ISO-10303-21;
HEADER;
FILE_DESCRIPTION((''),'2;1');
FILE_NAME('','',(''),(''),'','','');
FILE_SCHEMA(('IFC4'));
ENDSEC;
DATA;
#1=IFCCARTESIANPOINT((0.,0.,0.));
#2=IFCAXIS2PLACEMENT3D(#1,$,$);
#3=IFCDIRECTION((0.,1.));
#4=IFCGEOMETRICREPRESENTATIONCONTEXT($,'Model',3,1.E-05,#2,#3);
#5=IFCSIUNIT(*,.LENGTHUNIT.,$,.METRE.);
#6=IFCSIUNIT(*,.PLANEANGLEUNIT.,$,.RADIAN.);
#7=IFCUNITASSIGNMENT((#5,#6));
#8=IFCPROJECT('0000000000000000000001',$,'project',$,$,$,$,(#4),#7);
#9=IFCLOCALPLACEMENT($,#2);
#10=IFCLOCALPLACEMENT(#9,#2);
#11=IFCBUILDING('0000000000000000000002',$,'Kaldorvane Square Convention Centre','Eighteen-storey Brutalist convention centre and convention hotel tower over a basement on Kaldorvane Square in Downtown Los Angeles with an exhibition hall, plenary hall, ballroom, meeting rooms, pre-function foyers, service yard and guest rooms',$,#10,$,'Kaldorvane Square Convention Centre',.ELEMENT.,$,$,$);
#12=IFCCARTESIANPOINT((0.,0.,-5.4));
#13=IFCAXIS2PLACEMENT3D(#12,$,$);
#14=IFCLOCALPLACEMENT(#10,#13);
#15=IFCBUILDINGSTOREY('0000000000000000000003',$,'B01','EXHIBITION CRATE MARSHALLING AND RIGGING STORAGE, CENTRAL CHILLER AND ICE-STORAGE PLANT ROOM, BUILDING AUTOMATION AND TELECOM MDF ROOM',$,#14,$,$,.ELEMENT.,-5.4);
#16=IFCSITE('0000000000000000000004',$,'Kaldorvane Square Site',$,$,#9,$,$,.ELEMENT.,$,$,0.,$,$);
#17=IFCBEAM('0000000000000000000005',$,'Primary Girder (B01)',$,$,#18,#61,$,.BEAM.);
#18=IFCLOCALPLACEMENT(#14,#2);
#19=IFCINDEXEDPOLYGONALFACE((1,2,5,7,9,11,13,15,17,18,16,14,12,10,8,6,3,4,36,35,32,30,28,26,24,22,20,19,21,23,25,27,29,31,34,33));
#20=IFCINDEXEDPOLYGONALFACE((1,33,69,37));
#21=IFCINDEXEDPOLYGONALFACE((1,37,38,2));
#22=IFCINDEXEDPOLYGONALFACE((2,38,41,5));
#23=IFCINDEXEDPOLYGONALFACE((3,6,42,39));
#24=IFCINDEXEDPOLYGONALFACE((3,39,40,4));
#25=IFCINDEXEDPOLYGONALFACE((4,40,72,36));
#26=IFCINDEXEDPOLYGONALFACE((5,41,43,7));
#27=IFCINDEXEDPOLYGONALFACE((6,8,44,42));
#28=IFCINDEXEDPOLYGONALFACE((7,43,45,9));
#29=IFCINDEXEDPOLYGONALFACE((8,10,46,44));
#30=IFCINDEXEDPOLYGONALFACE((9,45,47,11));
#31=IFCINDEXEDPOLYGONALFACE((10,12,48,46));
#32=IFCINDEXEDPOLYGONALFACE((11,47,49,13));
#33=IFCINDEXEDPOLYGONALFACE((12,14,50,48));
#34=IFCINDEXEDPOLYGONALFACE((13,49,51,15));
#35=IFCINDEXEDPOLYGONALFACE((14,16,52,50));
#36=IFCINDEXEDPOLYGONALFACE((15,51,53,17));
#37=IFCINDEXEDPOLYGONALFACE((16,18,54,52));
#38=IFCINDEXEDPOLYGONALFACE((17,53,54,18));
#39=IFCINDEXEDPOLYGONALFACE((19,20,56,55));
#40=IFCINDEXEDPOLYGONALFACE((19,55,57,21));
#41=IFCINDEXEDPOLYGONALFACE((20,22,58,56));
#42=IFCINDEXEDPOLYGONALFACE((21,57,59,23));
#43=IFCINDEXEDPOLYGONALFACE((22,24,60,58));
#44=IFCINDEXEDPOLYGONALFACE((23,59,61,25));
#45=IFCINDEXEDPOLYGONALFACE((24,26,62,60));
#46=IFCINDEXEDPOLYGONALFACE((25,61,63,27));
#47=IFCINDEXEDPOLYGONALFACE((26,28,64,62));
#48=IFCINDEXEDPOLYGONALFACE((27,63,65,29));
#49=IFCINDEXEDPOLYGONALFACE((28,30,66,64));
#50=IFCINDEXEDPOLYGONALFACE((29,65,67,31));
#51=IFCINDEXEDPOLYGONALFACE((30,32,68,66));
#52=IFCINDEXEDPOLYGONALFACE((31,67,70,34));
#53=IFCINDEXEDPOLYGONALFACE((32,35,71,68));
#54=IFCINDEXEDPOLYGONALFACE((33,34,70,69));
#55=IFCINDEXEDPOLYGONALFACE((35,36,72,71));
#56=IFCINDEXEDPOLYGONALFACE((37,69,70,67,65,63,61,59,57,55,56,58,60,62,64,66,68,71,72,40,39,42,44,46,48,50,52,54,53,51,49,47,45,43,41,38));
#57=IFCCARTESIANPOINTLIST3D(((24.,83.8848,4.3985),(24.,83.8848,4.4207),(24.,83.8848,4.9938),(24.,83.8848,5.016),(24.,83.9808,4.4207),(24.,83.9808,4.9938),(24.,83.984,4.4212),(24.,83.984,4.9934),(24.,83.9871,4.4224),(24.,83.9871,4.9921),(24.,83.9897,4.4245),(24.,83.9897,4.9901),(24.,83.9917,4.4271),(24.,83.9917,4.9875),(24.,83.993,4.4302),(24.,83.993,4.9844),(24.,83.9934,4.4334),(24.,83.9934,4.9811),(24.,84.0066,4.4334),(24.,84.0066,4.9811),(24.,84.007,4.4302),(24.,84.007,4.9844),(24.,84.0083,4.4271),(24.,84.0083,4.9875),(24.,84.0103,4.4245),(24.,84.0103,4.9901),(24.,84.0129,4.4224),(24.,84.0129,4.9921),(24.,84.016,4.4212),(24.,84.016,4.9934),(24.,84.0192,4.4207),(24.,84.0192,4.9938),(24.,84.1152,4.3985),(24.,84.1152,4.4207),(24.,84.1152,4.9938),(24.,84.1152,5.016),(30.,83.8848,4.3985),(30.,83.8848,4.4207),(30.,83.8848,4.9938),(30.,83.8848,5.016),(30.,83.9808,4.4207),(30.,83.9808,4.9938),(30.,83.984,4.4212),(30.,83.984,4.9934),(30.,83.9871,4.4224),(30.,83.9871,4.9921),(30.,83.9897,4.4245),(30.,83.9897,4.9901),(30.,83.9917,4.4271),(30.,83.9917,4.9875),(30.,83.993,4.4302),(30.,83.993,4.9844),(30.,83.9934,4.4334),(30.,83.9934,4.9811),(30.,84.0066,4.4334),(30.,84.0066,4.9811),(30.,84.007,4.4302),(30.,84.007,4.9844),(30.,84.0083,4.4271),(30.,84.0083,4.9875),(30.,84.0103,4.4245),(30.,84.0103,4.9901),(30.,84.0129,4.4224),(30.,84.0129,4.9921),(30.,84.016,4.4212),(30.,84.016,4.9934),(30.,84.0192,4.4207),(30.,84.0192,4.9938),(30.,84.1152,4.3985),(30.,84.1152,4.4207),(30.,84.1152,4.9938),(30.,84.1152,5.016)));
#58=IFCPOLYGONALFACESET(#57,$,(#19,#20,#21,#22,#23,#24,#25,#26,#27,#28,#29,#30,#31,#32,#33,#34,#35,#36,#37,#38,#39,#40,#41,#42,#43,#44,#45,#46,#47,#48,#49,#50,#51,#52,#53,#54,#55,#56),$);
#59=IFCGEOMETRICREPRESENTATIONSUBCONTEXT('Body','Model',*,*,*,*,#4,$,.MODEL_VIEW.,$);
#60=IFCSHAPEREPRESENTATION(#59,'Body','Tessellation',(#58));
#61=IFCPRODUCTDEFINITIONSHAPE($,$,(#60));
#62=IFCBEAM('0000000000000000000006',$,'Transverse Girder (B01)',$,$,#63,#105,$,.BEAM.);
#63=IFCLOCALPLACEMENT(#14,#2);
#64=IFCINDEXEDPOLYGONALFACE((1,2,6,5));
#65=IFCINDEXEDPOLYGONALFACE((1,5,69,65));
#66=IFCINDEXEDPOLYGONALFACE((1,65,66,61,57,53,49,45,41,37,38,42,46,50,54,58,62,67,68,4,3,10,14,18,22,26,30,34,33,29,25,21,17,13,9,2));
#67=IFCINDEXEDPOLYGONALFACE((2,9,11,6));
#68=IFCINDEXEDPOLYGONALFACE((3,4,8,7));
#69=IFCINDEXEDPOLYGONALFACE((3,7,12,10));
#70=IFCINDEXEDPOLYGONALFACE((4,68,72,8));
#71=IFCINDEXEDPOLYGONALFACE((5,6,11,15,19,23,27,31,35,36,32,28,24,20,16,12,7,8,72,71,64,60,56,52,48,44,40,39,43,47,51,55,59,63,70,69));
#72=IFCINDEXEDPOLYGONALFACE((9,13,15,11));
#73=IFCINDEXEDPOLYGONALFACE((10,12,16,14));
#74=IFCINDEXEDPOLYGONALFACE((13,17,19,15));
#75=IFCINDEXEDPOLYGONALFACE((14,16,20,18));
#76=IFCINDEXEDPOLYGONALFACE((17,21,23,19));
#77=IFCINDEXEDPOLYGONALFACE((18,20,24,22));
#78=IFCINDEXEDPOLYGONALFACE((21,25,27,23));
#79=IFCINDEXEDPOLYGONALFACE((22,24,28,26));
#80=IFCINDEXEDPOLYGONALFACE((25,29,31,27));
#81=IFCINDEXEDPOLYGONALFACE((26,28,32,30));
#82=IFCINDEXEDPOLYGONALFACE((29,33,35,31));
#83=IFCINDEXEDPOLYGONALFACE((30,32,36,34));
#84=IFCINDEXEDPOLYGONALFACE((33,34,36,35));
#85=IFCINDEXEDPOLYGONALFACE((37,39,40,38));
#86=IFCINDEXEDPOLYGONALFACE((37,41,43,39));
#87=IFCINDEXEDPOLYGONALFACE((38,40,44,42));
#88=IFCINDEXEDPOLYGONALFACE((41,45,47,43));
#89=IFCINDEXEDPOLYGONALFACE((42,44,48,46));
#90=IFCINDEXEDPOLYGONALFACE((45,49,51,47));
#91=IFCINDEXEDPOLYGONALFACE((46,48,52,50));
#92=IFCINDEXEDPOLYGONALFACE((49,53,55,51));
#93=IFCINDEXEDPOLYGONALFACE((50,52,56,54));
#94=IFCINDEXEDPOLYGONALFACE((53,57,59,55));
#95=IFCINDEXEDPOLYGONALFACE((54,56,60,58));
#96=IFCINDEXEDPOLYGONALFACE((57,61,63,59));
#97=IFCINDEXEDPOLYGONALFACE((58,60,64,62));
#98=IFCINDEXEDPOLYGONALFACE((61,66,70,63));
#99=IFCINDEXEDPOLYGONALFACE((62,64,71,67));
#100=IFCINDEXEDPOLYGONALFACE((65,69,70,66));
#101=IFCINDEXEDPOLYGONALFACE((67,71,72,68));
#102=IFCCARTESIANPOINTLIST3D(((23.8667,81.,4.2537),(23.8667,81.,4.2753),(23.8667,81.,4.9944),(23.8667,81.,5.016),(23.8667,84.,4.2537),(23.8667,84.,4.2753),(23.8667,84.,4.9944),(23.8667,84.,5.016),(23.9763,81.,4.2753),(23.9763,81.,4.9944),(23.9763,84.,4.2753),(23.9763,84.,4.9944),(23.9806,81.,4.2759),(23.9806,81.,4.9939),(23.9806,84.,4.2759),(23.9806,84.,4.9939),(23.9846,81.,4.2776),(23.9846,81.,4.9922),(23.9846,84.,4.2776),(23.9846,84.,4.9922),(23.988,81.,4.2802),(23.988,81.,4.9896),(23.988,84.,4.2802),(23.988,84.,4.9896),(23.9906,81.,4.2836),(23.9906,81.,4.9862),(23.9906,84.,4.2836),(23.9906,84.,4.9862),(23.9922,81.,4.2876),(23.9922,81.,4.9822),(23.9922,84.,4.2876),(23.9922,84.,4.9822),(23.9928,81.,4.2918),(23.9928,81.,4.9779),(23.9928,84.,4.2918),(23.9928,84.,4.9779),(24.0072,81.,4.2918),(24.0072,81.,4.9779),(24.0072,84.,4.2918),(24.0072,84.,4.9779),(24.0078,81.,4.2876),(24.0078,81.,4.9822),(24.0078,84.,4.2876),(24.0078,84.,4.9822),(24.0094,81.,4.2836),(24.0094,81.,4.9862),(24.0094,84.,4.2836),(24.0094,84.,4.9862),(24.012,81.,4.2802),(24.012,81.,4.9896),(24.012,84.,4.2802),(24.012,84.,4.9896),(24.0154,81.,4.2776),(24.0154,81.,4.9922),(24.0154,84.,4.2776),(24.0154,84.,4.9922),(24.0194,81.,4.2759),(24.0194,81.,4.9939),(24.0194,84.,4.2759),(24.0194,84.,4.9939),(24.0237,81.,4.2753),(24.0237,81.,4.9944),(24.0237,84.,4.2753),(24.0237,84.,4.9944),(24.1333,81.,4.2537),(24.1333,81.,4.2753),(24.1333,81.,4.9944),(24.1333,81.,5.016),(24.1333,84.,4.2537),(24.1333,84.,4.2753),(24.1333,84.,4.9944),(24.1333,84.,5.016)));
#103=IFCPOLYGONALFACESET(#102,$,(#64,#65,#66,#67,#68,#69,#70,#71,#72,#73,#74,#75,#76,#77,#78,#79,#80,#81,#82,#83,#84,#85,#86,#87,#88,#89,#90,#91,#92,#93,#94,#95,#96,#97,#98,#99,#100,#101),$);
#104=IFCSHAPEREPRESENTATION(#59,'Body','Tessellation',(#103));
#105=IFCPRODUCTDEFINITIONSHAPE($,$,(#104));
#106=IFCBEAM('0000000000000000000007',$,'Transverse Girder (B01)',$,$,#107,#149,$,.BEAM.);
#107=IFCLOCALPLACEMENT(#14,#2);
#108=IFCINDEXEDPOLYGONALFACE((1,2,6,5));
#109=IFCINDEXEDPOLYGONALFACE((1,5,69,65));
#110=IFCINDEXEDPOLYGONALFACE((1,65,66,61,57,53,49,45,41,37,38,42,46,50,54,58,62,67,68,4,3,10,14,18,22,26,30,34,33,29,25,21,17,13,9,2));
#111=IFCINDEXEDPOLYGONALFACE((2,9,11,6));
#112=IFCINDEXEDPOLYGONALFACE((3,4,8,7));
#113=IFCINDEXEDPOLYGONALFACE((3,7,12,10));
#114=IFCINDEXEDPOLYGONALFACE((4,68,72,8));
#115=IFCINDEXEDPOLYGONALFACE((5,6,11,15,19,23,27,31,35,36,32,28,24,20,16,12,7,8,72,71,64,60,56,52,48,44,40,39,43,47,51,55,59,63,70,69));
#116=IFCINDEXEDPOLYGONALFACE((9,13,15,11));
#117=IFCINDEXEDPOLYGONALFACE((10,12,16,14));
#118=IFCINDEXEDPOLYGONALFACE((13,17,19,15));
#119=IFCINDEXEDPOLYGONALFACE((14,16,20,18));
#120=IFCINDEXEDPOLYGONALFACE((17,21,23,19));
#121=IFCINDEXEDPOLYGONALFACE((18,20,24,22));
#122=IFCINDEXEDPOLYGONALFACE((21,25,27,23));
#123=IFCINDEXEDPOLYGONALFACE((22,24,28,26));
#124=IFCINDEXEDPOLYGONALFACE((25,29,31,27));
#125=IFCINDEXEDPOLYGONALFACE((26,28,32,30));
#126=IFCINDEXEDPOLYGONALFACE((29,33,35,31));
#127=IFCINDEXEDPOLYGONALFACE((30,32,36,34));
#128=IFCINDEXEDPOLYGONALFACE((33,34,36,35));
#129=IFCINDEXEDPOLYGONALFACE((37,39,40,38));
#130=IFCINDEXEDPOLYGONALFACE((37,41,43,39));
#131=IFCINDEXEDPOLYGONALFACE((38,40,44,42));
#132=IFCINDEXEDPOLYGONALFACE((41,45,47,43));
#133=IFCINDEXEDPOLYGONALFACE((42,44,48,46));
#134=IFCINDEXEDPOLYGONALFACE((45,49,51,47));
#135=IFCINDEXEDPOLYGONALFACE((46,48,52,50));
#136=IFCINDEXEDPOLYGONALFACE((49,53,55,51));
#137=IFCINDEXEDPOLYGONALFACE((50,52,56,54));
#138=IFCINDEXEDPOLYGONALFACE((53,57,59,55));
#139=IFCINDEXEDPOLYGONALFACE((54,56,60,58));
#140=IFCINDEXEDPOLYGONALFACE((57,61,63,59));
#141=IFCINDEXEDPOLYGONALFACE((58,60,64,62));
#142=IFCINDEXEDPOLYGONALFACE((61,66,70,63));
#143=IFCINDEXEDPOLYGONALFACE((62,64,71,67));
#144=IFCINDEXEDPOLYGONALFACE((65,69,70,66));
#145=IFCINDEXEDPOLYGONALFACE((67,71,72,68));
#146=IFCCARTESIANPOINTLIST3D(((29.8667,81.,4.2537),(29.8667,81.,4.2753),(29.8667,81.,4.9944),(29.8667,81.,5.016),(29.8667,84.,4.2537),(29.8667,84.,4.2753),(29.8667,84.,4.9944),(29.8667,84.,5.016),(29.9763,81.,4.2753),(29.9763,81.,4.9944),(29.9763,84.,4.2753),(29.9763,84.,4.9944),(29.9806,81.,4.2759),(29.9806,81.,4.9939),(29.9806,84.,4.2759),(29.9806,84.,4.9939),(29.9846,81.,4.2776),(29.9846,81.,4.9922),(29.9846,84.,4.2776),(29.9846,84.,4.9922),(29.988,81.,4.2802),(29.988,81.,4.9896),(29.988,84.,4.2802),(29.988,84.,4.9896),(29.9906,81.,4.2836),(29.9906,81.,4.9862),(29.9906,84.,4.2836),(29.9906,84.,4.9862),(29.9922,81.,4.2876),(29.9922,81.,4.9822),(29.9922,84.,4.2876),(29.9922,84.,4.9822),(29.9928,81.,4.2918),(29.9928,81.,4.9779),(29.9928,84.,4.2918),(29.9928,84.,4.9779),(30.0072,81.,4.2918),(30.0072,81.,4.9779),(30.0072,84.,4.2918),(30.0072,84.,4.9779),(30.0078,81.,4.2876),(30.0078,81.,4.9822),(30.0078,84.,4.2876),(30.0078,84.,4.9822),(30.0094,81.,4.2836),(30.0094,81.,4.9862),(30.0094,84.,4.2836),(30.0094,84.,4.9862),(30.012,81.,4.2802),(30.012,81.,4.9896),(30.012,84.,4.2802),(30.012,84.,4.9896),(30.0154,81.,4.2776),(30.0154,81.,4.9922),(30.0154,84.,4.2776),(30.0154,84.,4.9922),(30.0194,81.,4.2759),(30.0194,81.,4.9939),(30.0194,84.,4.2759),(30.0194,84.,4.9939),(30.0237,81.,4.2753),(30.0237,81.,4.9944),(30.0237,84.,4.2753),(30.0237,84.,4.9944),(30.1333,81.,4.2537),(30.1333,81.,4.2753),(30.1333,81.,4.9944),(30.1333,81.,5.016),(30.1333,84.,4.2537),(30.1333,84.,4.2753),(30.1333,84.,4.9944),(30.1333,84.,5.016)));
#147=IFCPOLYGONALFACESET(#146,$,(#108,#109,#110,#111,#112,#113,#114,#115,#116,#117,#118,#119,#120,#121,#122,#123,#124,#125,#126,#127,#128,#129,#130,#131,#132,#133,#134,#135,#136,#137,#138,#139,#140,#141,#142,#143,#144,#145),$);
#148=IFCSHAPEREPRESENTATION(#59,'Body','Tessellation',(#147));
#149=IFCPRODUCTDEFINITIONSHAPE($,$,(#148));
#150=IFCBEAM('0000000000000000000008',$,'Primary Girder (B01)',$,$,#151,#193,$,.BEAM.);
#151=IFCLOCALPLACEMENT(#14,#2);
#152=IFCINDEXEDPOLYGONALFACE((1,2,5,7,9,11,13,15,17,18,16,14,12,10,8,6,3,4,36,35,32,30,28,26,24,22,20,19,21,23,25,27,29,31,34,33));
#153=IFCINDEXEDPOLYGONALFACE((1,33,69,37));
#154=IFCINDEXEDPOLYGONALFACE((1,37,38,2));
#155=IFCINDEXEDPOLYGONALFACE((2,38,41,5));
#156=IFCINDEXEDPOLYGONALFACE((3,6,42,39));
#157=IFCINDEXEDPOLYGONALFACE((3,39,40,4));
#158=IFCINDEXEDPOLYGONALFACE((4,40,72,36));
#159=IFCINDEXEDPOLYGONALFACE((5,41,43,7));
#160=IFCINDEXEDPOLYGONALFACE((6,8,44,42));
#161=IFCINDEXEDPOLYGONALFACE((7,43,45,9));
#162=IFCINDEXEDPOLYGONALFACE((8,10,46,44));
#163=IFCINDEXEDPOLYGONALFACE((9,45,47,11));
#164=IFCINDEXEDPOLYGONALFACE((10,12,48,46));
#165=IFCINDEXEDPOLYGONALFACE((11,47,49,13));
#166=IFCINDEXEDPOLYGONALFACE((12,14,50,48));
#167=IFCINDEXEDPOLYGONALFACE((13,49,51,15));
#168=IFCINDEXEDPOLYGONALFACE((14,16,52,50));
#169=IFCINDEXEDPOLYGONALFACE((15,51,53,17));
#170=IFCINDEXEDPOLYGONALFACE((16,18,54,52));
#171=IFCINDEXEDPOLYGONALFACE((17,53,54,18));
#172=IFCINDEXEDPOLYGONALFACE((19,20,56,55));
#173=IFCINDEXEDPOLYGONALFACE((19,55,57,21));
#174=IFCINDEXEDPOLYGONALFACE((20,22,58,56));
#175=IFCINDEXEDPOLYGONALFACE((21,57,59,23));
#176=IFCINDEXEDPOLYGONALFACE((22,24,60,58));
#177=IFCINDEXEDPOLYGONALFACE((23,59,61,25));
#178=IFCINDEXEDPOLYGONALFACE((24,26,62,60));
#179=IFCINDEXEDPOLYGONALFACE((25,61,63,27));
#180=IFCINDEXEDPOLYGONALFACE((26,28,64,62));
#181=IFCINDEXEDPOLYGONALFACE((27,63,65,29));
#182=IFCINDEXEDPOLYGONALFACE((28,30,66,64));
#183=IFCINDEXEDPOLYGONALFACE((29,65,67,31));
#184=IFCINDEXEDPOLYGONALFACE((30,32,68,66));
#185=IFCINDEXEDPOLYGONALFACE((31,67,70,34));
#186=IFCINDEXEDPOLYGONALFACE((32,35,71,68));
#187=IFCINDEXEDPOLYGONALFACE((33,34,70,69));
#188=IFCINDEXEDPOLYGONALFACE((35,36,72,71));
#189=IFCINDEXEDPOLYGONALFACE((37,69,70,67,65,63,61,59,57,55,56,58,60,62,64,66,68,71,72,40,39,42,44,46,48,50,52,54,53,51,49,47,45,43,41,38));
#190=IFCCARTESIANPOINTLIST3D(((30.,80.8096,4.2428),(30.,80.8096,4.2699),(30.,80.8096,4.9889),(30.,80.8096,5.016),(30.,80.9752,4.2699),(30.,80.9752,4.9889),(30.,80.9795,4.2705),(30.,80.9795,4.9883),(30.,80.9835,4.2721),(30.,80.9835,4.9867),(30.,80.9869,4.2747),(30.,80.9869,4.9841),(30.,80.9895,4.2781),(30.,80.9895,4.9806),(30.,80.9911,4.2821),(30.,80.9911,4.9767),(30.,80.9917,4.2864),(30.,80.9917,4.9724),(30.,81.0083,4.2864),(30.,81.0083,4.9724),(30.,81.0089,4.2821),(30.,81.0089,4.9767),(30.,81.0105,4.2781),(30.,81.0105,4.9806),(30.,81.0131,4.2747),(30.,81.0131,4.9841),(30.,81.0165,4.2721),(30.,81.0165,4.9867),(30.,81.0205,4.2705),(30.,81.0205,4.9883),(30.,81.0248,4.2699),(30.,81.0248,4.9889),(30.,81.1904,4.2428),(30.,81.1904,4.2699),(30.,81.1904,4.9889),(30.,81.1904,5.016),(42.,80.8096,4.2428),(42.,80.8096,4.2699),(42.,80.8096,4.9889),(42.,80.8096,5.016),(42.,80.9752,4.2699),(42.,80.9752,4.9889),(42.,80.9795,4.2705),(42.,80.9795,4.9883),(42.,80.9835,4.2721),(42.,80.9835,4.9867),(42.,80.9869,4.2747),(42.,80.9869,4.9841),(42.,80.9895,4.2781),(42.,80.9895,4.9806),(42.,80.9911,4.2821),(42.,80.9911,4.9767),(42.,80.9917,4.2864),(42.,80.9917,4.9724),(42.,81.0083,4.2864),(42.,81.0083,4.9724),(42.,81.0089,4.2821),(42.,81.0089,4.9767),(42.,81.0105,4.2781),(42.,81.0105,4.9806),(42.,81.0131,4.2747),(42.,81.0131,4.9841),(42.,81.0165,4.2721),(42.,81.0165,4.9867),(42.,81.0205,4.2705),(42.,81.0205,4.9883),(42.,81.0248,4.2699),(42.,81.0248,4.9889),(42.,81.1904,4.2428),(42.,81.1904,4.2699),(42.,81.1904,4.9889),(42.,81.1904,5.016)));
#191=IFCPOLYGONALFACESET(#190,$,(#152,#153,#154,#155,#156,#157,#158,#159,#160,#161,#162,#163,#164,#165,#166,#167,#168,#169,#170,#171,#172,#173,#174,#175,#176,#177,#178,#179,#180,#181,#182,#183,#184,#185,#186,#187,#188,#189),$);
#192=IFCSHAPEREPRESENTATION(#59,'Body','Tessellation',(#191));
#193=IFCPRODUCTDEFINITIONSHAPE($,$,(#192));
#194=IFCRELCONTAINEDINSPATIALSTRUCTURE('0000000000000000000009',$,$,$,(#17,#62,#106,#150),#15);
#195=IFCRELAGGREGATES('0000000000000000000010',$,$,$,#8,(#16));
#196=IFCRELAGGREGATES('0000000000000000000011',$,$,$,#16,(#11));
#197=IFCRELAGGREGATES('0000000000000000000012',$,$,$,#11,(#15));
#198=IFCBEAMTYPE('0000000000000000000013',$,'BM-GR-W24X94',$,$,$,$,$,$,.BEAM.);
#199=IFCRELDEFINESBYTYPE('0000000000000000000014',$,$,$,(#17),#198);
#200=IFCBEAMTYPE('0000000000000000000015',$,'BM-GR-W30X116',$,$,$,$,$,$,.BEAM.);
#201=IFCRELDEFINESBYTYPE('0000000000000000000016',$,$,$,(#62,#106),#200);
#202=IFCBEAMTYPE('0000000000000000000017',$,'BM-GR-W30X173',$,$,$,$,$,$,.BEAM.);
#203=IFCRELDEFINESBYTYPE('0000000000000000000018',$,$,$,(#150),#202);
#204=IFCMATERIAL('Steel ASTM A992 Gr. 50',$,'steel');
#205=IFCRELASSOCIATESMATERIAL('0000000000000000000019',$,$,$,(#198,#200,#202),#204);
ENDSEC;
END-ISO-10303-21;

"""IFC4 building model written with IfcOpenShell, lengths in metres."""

from ifc_helpers import new_model, si_unit, direction, frame, origin, origin_2d, place, context, subcontext, project, spatial, i_section, extrude, material, material_profile, profile_set, type_object, element, save


model = new_model("IFC4")

# Units and contexts
model_context = context("Model", 3, precision=1e-05, world=origin(), true_north=direction((0.0, 1.0)))
body_context = subcontext(model_context, "Body", "Model", "MODEL_VIEW")
ifc_project = project(units=[si_unit("LENGTHUNIT", "METRE"), si_unit("PLANEANGLEUNIT", "RADIAN")], contexts=[model_context])

# Site, building, storey
site_placement = place(None, origin())
site = spatial("IfcSite", under=ifc_project, at=site_placement, Name="Kaldorvane Square Site", CompositionType="ELEMENT", RefElevation=0.0)
building_placement = place(site_placement, origin())
building = spatial("IfcBuilding", under=site, at=building_placement, Name="Kaldorvane Square Convention Centre", Description="Eighteen-storey Brutalist convention centre and convention hotel tower over a basement on Kaldorvane Square in Downtown Los Angeles with an exhibition hall, plenary hall, ballroom, meeting rooms, pre-function foyers, service yard and guest rooms", LongName="Kaldorvane Square Convention Centre", CompositionType="ELEMENT")
storey_placement = place(building_placement, frame((0.0, 0.0, -5.4)))
storey = spatial("IfcBuildingStorey", under=building, at=storey_placement, Name="B01", Description="EXHIBITION CRATE MARSHALLING AND RIGGING STORAGE, CENTRAL CHILLER AND ICE-STORAGE PLANT ROOM, BUILDING AUTOMATION AND TELECOM MDF ROOM", CompositionType="ELEMENT", Elevation=-5.4)

# Shared definitions
ifc_material_1 = material(Name="Steel ASTM A992 Gr. 50", Category="steel")

# Beams
ifc_material_profile_1 = material_profile(ifc_material_1, i_section(OverallWidth=0.2303, OverallDepth=0.6175, WebThickness=0.0131, FlangeThickness=0.0222, FilletRadius=0.0127, at=origin_2d()), Name="W24X94")
ifc_profile_set_1 = profile_set([ifc_material_profile_1], Name="Steel ASTM A992 Gr. 50")
beam_type_1 = type_object("IfcBeamType", Name="BM-GR-W24X94", PredefinedType="BEAM", material=ifc_profile_set_1)
for number, where, z_axis, x_axis, name in (
    (1, (24.0, 84.0, 4.7073), (1.0, 0.0, 0.0), (0.0, 1.0, 0.0), "Primary Girder (B01)"),
):
    element("IfcBeam", number, at=place(storey_placement, frame(where, z_axis=z_axis, x_axis=x_axis)), inside=storey, type_object=beam_type_1, Name=name, PredefinedType="BEAM", context=body_context, shape_type="SweptSolid", body=[
        extrude(i_section(OverallWidth=0.2303, OverallDepth=0.6175, WebThickness=0.0131, FlangeThickness=0.0222, FilletRadius=0.0127, at=origin_2d()), origin(), (0.0, 0.0, 1.0), 6.0),
    ])
ifc_material_profile_2 = material_profile(ifc_material_1, i_section(OverallWidth=0.2666, OverallDepth=0.7623, WebThickness=0.0144, FlangeThickness=0.0216, FilletRadius=0.0165, at=origin_2d()), Name="W30X116")
ifc_profile_set_2 = profile_set([ifc_material_profile_2], Name="Steel ASTM A992 Gr. 50")
beam_type_2 = type_object("IfcBeamType", Name="BM-GR-W30X116", PredefinedType="BEAM", material=ifc_profile_set_2)
for number, where, z_axis, x_axis, name in (
    (2, (24.0, 81.0, 4.6349), (0.0, 1.0, 0.0), (-1.0, 0.0, 0.0), "Transverse Girder (B01)"),
    (3, (30.0, 81.0, 4.6349), (0.0, 1.0, 0.0), (-1.0, 0.0, 0.0), "Transverse Girder (B01)"),
):
    element("IfcBeam", number, at=place(storey_placement, frame(where, z_axis=z_axis, x_axis=x_axis)), inside=storey, type_object=beam_type_2, Name=name, PredefinedType="BEAM", context=body_context, shape_type="SweptSolid", body=[
        extrude(i_section(OverallWidth=0.2666, OverallDepth=0.7623, WebThickness=0.0144, FlangeThickness=0.0216, FilletRadius=0.0165, at=origin_2d()), origin(), (0.0, 0.0, 1.0), 3.0),
    ])
ifc_material_profile_3 = material_profile(ifc_material_1, i_section(OverallWidth=0.3807, OverallDepth=0.7732, WebThickness=0.0166, FlangeThickness=0.0271, FilletRadius=0.0165, at=origin_2d()), Name="W30X173")
ifc_profile_set_3 = profile_set([ifc_material_profile_3], Name="Steel ASTM A992 Gr. 50")
beam_type_3 = type_object("IfcBeamType", Name="BM-GR-W30X173", PredefinedType="BEAM", material=ifc_profile_set_3)
beam_1_placement = place(storey_placement, frame((30.0, 81.0, 4.6294), z_axis=(1.0, 0.0, 0.0), x_axis=(0.0, 1.0, 0.0)))
element("IfcBeam", 4, at=beam_1_placement, inside=storey, type_object=beam_type_3, Name="Primary Girder (B01)", PredefinedType="BEAM", context=body_context, shape_type="SweptSolid", body=[
    extrude(i_section(OverallWidth=0.3807, OverallDepth=0.7732, WebThickness=0.0166, FlangeThickness=0.0271, FilletRadius=0.0165, at=origin_2d()), origin(), (0.0, 0.0, 1.0), 12.0),
])

save(model, "model.ifc")
